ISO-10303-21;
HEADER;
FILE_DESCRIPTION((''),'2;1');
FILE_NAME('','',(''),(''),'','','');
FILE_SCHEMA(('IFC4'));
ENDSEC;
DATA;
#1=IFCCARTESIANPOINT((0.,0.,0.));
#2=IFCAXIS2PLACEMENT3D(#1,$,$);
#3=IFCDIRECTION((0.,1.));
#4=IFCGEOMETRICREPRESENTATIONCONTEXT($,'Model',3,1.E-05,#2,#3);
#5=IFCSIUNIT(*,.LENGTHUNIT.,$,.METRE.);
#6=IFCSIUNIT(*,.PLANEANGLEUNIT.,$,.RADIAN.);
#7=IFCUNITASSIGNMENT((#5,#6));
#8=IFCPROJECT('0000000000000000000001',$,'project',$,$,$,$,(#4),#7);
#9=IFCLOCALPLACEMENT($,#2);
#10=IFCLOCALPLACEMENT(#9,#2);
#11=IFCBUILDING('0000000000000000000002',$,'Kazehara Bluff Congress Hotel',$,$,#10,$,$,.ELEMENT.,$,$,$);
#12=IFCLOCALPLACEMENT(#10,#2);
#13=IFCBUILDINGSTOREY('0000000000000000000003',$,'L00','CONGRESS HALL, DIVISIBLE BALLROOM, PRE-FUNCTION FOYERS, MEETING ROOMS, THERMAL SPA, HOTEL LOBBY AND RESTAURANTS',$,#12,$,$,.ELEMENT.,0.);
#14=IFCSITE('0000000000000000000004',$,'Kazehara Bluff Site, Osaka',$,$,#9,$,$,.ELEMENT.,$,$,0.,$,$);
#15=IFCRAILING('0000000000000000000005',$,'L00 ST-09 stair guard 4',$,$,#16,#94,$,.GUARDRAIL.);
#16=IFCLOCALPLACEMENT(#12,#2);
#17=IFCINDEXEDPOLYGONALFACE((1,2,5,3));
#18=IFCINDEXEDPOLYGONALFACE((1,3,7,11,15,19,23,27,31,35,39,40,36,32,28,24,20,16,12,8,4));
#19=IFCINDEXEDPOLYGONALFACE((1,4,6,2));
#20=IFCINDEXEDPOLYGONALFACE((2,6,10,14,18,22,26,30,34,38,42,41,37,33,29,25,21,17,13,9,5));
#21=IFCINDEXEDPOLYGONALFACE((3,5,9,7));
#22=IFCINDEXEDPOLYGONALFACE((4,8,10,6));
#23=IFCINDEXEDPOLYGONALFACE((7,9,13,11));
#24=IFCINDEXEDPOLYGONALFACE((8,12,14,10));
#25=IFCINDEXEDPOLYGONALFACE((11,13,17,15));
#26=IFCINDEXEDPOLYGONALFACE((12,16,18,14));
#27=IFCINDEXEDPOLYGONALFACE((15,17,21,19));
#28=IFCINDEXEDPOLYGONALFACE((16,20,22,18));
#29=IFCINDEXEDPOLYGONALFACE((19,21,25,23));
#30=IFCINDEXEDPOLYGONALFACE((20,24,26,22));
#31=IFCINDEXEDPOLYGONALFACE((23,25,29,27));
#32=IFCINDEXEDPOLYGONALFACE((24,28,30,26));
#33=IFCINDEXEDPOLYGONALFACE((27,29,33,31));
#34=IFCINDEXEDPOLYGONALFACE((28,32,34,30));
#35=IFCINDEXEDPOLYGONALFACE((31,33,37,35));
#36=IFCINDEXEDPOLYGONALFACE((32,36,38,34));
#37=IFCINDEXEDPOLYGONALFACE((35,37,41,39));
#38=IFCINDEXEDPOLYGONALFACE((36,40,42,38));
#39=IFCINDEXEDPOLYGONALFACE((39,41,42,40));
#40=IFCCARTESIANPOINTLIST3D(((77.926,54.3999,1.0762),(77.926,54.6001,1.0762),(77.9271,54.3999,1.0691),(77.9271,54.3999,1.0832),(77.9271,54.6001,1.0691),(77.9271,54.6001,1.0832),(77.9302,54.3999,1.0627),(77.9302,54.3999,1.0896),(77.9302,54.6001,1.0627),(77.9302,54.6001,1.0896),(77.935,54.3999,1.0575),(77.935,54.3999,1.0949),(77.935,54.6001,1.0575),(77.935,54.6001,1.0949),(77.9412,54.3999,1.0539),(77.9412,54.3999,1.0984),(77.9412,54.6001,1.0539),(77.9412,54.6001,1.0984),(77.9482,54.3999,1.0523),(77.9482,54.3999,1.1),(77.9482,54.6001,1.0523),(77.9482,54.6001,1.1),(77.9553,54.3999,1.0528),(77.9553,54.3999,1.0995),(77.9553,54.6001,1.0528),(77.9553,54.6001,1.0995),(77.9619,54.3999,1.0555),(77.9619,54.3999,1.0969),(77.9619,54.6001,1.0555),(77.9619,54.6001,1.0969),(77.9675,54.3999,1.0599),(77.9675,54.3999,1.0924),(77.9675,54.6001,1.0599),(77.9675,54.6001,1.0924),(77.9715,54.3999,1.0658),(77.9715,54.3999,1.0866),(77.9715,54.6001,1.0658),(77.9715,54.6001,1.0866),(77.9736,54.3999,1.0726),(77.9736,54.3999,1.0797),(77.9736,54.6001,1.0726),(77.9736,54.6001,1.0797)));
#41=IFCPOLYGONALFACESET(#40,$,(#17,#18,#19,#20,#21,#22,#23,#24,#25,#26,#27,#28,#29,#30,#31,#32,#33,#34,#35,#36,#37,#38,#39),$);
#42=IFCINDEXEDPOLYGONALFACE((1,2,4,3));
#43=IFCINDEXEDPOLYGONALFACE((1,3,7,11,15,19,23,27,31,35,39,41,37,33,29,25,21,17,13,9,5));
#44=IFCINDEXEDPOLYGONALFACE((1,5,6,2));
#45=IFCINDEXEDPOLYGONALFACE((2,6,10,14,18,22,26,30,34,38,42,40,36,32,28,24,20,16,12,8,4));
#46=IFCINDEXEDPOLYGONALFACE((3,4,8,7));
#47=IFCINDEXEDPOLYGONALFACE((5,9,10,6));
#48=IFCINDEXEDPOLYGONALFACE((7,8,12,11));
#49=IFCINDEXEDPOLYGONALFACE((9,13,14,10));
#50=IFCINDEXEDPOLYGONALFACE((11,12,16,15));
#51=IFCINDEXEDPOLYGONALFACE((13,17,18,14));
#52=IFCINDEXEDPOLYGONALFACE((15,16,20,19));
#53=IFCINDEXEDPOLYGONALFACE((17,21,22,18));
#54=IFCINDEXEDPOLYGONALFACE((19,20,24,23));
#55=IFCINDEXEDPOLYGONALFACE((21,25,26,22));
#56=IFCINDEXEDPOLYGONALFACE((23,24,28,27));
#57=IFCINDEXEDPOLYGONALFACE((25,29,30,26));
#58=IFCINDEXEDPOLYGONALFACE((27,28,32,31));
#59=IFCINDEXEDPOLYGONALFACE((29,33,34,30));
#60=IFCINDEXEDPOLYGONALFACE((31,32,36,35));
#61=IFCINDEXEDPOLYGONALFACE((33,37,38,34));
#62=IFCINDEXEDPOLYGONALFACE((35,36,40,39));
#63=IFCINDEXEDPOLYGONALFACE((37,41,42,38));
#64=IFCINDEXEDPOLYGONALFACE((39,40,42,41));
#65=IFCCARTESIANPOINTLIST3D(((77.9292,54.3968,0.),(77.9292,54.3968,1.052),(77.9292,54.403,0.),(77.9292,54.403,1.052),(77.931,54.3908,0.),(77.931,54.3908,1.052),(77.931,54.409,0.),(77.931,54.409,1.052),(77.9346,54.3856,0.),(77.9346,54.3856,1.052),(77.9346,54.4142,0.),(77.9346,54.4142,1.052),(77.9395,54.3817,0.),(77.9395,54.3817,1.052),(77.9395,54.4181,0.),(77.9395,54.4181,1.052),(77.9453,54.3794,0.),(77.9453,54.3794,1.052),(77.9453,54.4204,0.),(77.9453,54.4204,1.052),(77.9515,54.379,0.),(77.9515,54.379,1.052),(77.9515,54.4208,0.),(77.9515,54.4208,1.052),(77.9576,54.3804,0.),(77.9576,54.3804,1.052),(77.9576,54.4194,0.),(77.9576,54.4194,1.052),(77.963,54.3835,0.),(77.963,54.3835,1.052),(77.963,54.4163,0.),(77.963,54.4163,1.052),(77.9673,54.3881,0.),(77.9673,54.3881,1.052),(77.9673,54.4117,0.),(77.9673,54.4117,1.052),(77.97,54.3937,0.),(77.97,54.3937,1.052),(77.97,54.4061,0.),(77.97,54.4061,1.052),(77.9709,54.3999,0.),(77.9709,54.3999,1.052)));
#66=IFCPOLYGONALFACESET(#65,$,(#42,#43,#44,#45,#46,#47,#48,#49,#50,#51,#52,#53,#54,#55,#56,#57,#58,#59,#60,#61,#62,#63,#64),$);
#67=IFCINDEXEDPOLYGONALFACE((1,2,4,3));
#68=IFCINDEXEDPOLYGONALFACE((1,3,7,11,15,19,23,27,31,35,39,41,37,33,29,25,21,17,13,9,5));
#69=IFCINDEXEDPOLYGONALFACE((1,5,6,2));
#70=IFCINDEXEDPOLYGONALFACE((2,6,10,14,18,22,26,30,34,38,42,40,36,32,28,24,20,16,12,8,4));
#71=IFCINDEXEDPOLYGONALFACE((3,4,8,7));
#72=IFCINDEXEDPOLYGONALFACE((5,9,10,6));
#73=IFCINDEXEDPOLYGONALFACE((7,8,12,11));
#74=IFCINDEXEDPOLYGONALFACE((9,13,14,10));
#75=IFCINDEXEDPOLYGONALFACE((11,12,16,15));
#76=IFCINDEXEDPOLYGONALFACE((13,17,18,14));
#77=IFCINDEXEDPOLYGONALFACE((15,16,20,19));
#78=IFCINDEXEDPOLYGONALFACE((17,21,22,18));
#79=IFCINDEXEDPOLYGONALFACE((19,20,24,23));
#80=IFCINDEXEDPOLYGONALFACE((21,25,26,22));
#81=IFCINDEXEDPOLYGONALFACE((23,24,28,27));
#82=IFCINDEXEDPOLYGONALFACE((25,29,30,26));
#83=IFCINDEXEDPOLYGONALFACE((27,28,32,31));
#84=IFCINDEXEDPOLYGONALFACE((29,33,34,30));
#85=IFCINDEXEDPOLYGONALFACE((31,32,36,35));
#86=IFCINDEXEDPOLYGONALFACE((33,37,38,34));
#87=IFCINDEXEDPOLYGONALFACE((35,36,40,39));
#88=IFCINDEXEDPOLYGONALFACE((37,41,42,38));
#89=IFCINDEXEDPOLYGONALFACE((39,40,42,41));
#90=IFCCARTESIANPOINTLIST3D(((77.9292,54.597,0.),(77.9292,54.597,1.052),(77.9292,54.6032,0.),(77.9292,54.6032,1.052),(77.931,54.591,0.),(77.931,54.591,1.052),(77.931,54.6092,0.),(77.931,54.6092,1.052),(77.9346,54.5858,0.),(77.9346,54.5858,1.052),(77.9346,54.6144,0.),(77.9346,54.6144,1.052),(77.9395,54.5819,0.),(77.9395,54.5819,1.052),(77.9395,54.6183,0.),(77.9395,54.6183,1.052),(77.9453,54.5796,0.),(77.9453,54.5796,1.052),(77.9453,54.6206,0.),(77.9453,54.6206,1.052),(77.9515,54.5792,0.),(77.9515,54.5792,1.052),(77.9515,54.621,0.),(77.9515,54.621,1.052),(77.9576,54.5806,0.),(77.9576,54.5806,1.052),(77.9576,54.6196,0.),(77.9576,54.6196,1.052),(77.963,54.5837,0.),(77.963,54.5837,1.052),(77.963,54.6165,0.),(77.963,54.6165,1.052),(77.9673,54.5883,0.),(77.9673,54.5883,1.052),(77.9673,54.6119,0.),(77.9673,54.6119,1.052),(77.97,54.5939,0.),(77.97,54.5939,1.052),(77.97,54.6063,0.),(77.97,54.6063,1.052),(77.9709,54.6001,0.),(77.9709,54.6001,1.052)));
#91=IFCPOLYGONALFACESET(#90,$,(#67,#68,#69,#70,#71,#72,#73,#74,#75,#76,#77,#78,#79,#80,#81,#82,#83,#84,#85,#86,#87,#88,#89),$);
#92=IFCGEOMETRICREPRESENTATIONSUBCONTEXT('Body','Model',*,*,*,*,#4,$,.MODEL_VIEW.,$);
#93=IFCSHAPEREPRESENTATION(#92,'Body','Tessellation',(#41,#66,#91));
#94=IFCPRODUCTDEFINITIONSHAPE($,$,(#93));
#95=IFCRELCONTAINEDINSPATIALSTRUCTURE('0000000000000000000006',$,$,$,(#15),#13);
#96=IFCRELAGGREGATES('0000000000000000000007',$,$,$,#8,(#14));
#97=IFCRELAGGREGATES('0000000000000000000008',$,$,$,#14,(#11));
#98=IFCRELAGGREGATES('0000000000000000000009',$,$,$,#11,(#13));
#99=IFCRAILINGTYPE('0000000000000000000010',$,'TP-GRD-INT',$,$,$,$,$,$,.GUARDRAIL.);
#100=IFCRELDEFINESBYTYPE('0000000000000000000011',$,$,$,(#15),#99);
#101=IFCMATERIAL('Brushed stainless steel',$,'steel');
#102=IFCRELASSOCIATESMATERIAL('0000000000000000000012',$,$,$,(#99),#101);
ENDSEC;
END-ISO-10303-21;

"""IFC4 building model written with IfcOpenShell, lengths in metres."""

from ifc_helpers import new_model, si_unit, direction, frame, origin, origin_2d, place, context, subcontext, project, spatial, circle, extrude, material, type_object, element, save


model = new_model("IFC4")

# Units and contexts
model_context = context("Model", 3, precision=1e-05, world=origin(), true_north=direction((0.0, 1.0)))
body_context = subcontext(model_context, "Body", "Model", "MODEL_VIEW")
ifc_project = project(units=[si_unit("LENGTHUNIT", "METRE"), si_unit("PLANEANGLEUNIT", "RADIAN")], contexts=[model_context])

# Site, building, storey
site_placement = place(None, origin())
site = spatial("IfcSite", under=ifc_project, at=site_placement, Name="Kazehara Bluff Site, Osaka", CompositionType="ELEMENT", RefElevation=0.0)
building_placement = place(site_placement, origin())
building = spatial("IfcBuilding", under=site, at=building_placement, Name="Kazehara Bluff Congress Hotel", CompositionType="ELEMENT")
storey_placement = place(building_placement, origin())
storey = spatial("IfcBuildingStorey", under=building, at=storey_placement, Name="L00", Description="CONGRESS HALL, DIVISIBLE BALLROOM, PRE-FUNCTION FOYERS, MEETING ROOMS, THERMAL SPA, HOTEL LOBBY AND RESTAURANTS", CompositionType="ELEMENT", Elevation=0.0)

# Railing
ifc_material_1 = material(Name="Brushed stainless steel", Category="steel")
railing_type_1 = type_object("IfcRailingType", Name="TP-GRD-INT", PredefinedType="GUARDRAIL", material=ifc_material_1)
railing_1_placement = place(storey_placement, frame((77.95, 54.3999, 0.0)))
element("IfcRailing", 1, at=railing_1_placement, inside=storey, type_object=railing_type_1, Name="L00 ST-09 stair guard 4", PredefinedType="GUARDRAIL", context=body_context, shape_type="SweptSolid", body=[
    extrude(circle(Radius=0.0239, at=origin_2d()), frame((0.0, 0.0, 1.0762), z_axis=(0.0, 1.0, 0.0), x_axis=(-1.0, 0.0, 0.0)), (0.0, 0.0, 1.0), 0.2002),
    extrude(circle(Radius=0.021, at=origin_2d()), origin(), (0.0, 0.0, 1.0), 1.052),
    extrude(circle(Radius=0.021, at=origin_2d()), frame((0.0, 0.2002, 0.0)), (0.0, 0.0, 1.0), 1.052),
])

save(model, "model.ifc")
